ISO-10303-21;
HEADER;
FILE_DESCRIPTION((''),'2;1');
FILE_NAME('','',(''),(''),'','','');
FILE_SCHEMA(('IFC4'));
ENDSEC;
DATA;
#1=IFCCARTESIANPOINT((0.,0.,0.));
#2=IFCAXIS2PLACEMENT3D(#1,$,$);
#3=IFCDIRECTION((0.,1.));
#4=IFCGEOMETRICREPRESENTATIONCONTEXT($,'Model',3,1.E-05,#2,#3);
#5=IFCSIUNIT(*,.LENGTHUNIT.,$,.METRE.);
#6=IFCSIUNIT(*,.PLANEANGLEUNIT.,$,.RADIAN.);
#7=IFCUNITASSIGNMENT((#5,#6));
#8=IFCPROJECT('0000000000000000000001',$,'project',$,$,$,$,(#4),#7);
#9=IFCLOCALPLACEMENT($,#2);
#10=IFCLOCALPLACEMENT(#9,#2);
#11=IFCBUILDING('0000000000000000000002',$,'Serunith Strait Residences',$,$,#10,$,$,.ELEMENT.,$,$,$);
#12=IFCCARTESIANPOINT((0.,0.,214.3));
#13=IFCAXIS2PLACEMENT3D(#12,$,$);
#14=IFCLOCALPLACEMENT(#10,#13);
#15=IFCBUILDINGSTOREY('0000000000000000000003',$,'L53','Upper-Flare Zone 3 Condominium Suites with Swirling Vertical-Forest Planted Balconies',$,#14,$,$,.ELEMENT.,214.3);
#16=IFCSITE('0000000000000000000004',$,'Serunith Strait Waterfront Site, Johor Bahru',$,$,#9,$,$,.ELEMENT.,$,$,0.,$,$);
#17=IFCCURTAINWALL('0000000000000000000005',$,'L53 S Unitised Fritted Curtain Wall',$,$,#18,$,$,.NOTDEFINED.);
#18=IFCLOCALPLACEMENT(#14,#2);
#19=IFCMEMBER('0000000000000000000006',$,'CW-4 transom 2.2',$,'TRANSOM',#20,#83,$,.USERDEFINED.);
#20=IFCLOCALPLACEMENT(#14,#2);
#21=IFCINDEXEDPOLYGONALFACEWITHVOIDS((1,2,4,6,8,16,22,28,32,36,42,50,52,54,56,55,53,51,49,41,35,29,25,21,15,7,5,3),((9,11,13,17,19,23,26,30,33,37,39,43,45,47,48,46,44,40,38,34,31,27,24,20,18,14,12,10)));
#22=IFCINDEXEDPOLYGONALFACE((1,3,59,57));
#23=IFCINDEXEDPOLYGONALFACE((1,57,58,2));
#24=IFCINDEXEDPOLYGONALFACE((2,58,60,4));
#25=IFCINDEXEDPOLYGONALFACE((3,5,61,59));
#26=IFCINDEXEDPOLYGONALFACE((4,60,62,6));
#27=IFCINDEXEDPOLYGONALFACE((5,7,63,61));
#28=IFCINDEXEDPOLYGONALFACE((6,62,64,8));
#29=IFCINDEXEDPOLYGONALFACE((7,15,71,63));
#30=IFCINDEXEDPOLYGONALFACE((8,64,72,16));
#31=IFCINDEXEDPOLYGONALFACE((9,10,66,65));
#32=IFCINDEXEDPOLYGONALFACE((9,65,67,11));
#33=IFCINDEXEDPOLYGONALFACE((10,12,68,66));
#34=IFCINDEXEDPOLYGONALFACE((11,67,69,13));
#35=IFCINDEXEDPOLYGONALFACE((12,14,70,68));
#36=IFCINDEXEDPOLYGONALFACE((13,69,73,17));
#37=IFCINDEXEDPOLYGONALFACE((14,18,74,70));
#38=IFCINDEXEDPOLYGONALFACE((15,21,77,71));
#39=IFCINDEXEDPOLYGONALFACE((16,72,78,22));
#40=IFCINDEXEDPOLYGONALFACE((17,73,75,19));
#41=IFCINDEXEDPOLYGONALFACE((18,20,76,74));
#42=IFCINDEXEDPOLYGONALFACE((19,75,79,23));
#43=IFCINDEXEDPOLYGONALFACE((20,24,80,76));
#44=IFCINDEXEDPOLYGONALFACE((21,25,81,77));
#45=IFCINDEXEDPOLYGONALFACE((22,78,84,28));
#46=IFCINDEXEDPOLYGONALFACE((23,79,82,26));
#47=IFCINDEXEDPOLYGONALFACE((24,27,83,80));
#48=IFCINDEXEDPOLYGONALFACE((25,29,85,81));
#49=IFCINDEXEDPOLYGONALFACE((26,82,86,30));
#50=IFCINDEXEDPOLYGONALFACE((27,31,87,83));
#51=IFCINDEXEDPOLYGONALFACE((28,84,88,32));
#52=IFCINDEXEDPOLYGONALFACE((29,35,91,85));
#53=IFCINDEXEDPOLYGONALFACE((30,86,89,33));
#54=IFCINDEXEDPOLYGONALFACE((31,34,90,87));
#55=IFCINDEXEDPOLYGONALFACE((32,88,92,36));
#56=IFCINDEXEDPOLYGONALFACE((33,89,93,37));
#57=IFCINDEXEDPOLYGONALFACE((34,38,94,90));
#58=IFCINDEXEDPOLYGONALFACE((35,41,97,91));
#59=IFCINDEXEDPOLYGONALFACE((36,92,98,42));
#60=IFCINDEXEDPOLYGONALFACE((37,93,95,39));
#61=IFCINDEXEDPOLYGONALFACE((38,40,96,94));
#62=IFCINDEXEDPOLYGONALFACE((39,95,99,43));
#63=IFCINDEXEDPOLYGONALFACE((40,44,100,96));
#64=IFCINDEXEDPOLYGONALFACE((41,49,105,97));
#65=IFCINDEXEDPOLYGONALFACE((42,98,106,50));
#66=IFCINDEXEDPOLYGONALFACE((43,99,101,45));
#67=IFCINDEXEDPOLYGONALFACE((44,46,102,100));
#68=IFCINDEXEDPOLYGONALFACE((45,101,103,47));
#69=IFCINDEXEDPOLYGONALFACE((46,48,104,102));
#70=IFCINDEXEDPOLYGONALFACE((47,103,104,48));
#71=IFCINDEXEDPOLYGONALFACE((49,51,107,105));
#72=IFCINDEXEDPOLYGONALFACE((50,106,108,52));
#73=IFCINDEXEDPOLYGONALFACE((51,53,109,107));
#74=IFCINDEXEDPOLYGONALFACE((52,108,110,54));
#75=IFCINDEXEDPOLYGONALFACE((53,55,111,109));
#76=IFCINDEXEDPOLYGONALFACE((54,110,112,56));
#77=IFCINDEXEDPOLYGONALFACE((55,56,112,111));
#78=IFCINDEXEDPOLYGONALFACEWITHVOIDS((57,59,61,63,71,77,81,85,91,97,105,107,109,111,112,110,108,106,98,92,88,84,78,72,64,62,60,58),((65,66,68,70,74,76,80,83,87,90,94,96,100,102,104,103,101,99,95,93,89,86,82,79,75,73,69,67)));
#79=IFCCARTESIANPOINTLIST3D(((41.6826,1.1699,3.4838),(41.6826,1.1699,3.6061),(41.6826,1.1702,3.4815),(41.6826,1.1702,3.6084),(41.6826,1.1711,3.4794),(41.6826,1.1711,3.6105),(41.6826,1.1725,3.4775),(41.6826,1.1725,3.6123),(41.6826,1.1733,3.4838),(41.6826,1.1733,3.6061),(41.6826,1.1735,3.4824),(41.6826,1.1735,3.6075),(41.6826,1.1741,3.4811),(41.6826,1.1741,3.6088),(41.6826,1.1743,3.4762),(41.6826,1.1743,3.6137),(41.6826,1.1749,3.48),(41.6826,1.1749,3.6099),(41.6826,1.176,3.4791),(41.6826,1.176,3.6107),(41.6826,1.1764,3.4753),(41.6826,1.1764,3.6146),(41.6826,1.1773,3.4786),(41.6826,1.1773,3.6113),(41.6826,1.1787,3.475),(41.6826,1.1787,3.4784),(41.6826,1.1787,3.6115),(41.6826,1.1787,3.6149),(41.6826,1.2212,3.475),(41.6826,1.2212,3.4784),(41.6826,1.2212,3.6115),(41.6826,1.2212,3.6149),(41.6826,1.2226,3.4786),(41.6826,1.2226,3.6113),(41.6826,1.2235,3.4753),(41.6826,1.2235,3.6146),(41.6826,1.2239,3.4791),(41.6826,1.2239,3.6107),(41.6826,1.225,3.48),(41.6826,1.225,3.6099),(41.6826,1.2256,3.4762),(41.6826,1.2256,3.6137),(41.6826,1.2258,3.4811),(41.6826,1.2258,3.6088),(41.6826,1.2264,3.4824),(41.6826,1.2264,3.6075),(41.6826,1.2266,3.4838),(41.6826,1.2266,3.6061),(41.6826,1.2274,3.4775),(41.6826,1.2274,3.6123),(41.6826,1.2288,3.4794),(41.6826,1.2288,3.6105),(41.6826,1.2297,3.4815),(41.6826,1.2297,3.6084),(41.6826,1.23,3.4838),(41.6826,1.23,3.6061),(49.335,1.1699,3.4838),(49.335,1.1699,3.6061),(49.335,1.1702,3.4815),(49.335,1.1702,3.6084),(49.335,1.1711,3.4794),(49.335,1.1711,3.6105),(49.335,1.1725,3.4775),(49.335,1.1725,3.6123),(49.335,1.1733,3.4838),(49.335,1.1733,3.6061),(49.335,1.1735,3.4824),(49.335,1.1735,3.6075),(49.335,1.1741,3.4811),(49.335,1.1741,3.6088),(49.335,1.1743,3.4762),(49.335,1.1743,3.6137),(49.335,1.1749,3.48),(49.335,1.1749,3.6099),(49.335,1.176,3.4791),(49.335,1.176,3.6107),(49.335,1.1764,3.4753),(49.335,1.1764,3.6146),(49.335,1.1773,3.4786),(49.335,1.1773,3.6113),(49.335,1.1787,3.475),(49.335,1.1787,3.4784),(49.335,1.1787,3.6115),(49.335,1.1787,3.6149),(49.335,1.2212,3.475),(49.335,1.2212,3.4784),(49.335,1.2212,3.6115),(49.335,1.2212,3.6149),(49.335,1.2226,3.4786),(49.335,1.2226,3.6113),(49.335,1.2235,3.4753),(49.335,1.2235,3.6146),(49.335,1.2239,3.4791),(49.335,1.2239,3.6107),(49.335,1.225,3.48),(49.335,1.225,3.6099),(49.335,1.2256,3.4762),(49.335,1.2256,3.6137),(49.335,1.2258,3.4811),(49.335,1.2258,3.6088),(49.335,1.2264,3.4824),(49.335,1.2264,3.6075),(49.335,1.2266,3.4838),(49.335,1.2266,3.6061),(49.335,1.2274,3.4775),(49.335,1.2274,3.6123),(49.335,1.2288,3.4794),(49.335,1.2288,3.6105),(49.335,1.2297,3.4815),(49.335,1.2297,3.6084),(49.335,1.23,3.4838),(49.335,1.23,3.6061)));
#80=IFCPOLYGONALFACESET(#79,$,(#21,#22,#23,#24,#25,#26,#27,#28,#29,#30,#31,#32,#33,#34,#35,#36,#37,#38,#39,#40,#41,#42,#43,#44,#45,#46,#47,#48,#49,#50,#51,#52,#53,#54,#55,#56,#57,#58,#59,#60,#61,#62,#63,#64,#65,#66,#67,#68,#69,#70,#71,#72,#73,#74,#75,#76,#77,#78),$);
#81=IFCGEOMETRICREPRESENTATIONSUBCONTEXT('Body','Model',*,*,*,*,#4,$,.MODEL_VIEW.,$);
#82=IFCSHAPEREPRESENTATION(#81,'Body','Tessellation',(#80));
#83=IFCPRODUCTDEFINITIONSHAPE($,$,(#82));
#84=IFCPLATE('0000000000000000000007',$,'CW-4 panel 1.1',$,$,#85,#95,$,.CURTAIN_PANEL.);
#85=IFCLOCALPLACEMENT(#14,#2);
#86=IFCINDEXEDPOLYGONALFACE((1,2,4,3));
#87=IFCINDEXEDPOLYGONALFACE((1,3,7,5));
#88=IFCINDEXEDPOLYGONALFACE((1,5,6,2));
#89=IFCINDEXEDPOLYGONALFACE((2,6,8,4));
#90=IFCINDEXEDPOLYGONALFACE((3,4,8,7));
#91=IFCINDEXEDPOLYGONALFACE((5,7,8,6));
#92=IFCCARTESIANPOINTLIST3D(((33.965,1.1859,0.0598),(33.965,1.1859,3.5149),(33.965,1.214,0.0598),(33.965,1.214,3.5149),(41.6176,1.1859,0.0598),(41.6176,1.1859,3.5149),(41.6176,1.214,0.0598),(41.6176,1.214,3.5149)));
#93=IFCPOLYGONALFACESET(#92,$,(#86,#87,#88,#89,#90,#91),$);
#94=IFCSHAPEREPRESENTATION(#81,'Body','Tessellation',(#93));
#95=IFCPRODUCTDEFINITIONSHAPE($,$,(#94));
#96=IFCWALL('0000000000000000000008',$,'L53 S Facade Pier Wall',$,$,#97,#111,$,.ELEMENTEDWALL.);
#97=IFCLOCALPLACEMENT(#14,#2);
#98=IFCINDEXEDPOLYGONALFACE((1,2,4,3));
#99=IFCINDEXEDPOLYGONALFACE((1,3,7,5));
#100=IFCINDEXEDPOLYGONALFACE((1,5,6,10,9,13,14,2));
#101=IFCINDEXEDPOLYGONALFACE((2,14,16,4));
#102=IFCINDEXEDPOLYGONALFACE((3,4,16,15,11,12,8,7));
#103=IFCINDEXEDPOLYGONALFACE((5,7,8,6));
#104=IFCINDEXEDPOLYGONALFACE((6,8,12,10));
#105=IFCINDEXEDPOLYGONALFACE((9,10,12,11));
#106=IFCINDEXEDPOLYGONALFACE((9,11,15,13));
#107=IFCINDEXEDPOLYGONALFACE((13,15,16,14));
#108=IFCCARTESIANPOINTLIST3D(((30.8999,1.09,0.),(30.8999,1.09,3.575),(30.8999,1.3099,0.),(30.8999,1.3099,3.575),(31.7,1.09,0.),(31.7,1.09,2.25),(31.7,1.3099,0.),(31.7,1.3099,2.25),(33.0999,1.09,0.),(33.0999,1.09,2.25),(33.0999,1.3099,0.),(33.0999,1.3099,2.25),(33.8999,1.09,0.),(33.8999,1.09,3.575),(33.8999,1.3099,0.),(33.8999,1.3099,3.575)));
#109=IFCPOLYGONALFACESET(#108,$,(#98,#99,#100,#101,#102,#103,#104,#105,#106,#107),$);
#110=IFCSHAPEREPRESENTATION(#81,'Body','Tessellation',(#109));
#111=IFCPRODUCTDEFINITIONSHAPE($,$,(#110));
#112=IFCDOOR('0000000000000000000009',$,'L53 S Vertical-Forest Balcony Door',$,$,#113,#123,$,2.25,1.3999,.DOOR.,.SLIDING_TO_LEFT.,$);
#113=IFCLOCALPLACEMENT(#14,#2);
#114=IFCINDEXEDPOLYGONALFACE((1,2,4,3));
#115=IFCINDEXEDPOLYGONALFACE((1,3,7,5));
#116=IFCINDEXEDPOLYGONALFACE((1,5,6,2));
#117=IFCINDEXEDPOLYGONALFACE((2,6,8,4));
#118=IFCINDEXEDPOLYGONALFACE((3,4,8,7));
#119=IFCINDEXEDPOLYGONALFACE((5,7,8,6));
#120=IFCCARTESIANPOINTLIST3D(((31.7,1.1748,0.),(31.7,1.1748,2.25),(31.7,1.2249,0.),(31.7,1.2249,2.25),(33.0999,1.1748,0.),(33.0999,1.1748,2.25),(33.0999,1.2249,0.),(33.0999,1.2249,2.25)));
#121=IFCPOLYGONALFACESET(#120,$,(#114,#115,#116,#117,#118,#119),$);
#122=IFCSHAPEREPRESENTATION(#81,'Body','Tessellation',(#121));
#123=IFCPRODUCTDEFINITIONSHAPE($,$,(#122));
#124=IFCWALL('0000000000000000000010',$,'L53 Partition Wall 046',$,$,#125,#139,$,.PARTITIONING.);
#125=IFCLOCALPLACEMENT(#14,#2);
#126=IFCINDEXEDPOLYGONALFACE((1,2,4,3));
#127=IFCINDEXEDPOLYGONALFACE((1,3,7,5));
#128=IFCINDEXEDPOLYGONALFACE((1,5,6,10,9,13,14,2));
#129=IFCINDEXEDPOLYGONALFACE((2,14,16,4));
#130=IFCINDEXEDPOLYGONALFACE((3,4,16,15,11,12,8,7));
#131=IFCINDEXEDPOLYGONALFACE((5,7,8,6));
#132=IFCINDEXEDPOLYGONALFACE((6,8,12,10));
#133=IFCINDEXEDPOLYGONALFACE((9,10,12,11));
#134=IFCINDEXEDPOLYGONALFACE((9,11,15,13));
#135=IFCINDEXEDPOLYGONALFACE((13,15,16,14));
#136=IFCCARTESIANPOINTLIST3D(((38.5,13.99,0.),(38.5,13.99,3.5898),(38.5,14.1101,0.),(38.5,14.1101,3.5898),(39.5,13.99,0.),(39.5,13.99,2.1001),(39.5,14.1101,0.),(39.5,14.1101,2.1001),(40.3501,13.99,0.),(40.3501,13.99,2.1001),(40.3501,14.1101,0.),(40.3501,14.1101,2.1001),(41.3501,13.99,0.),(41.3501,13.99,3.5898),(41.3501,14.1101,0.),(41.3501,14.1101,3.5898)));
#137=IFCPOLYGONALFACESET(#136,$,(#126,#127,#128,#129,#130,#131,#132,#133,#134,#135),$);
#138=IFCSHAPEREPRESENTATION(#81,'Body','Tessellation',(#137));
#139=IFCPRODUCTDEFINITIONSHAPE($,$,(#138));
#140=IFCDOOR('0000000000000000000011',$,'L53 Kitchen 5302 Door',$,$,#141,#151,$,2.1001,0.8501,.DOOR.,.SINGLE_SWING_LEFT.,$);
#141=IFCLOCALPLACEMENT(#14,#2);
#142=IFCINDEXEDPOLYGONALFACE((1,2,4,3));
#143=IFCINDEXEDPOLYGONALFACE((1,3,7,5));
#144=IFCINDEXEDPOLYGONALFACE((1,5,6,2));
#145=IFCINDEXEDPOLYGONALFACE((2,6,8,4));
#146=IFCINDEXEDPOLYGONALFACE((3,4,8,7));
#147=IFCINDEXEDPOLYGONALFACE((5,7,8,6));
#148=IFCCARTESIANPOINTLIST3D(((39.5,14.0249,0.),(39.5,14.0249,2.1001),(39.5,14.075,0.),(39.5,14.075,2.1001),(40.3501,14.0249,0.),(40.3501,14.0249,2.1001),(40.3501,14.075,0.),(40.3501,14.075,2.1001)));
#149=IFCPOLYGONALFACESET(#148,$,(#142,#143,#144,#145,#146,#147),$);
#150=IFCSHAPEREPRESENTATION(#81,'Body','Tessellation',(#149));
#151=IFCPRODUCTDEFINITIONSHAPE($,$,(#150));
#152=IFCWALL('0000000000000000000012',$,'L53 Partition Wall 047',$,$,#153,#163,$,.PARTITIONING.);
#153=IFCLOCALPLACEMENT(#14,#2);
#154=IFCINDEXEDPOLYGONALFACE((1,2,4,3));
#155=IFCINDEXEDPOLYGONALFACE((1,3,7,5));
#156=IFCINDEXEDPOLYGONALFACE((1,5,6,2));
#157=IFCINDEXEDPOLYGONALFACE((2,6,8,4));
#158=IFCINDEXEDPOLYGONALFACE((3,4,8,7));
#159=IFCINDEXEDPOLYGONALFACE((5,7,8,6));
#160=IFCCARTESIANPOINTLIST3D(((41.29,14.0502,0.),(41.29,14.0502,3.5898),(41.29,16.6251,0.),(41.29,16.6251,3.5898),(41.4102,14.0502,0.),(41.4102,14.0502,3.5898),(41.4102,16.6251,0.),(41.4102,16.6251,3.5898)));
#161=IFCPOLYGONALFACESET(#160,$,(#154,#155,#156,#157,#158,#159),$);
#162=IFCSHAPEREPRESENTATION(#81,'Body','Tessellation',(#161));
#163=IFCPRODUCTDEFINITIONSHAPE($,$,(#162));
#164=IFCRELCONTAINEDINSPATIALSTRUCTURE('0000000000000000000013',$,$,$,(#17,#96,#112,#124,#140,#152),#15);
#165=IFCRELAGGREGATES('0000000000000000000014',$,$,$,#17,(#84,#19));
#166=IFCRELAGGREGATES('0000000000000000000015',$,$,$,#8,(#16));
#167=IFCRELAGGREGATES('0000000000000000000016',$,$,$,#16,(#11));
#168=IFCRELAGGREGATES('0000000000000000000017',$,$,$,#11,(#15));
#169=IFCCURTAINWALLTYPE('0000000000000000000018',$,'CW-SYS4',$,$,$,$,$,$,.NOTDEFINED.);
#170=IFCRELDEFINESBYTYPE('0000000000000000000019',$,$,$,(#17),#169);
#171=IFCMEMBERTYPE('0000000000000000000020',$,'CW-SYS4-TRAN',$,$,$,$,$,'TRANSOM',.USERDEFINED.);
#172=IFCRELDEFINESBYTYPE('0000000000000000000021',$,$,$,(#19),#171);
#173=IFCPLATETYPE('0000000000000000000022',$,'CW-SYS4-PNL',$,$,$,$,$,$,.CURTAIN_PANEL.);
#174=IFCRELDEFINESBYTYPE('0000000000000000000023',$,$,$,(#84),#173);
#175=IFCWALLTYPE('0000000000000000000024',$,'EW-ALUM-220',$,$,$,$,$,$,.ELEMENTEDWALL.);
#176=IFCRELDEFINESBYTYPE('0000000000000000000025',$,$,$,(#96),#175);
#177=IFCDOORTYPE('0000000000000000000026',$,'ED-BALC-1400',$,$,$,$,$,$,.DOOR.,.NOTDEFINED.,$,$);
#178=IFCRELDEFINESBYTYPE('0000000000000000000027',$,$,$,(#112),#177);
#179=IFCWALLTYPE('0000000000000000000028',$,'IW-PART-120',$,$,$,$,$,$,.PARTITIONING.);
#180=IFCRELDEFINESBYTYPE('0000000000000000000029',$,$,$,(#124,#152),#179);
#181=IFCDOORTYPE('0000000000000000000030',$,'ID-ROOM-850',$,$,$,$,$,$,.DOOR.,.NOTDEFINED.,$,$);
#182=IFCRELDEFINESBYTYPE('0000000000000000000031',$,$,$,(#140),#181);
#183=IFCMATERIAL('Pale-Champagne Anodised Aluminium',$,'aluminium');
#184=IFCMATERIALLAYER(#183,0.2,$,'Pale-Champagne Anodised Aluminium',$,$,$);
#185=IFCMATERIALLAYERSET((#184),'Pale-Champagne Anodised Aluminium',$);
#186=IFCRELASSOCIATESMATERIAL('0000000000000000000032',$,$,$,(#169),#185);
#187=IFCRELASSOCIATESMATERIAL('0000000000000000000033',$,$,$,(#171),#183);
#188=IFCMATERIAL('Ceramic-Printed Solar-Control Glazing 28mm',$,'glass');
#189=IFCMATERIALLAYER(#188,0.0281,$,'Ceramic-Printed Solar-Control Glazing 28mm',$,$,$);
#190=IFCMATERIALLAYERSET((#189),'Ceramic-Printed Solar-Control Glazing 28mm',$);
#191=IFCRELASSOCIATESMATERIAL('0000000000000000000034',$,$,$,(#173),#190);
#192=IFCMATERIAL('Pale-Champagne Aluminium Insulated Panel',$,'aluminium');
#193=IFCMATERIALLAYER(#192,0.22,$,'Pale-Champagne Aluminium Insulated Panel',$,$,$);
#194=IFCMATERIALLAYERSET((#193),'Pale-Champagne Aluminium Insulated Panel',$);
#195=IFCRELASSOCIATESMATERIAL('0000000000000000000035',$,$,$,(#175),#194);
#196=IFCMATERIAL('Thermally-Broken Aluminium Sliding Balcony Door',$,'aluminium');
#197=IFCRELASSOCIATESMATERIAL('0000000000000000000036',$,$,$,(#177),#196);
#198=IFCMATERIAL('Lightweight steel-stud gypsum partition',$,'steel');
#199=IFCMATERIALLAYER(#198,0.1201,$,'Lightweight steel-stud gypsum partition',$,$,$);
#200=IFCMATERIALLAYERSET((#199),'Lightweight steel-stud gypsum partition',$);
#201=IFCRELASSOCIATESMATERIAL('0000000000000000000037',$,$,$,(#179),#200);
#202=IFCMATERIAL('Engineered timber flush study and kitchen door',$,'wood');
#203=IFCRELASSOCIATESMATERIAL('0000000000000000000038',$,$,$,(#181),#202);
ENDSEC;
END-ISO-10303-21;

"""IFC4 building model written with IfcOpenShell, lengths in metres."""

from ifc_helpers import new_model, si_unit, direction, frame, frame_2d, origin, origin_2d, place, context, subcontext, project, spatial, rectangle, hollow_rectangle, extrude, source, transform, mapped, material, layer, layer_set, material_profile, profile_set, type_object, element, fill, aggregate, save


model = new_model("IFC4")

# Units and contexts
model_context = context("Model", 3, precision=1e-05, world=origin(), true_north=direction((0.0, 1.0)))
body_context = subcontext(model_context, "Body", "Model", "MODEL_VIEW")
ifc_project = project(units=[si_unit("LENGTHUNIT", "METRE"), si_unit("PLANEANGLEUNIT", "RADIAN")], contexts=[model_context])

# Site, building, storey
site_placement = place(None, origin())
site = spatial("IfcSite", under=ifc_project, at=site_placement, Name="Serunith Strait Waterfront Site, Johor Bahru", CompositionType="ELEMENT", RefElevation=0.0)
building_placement = place(site_placement, origin())
building = spatial("IfcBuilding", under=site, at=building_placement, Name="Serunith Strait Residences", CompositionType="ELEMENT")
storey_placement = place(building_placement, frame((0.0, 0.0, 214.3)))
storey = spatial("IfcBuildingStorey", under=building, at=storey_placement, Name="L53", Description="Upper-Flare Zone 3 Condominium Suites with Swirling Vertical-Forest Planted Balconies", CompositionType="ELEMENT", Elevation=214.3)

# Shared definitions
ifc_material_1 = material(Name="Pale-Champagne Anodised Aluminium", Category="aluminium")
ifc_layer_1 = layer(ifc_material_1, 0.2, Name="Pale-Champagne Anodised Aluminium")
ifc_layer_set_1 = layer_set([ifc_layer_1], Name="Pale-Champagne Anodised Aluminium")
curtain_wall_type = type_object("IfcCurtainWallType", Name="CW-SYS4", PredefinedType="NOTDEFINED", material=ifc_layer_set_1)

# Curtain wall, member, plate
curtain_wall_1_placement = place(storey_placement, origin())
curtain_wall_1 = element("IfcCurtainWall", 1, at=curtain_wall_1_placement, inside=storey, type_object=curtain_wall_type, Name="L53 S Unitised Fritted Curtain Wall", PredefinedType="NOTDEFINED")
ifc_material_profile_1 = material_profile(ifc_material_1, hollow_rectangle(XDim=0.0601, YDim=0.1399, WallThickness=0.0034, InnerFilletRadius=0.0054, OuterFilletRadius=0.0088, at=origin_2d()), Name="ALU 140x60x3.5")
ifc_profile_set_1 = profile_set([ifc_material_profile_1], Name="Pale-Champagne Anodised Aluminium")
member_type_1 = type_object("IfcMemberType", Name="CW-SYS4-TRAN", ElementType="TRANSOM", PredefinedType="USERDEFINED", material=ifc_profile_set_1)
shared_shape_1 = source(origin(), body_context, "Body", "SweptSolid", [
    extrude(hollow_rectangle(XDim=0.0601, YDim=0.1399, WallThickness=0.0034, InnerFilletRadius=0.0054, OuterFilletRadius=0.0088, at=origin_2d()), origin(), (0.0, 0.0, 1.0), 7.6523),
])
member_1_placement = place(storey_placement, frame((41.6826, 1.2, 3.5449), z_axis=(1.0, 0.0, 0.0), x_axis=(0.0, 1.0, 0.0)))
member_1 = element("IfcMember", 2, at=member_1_placement, type_object=member_type_1, Name="CW-4 transom 2.2", ObjectType="TRANSOM", PredefinedType="USERDEFINED", context=body_context, shape_type="MappedRepresentation", body=[
    mapped(shared_shape_1, transform((0.0, 0.0, 0.0), scale=1.0)),
])
ifc_material_2 = material(Name="Ceramic-Printed Solar-Control Glazing 28mm", Category="glass")
ifc_layer_2 = layer(ifc_material_2, 0.0281, Name="Ceramic-Printed Solar-Control Glazing 28mm")
ifc_layer_set_2 = layer_set([ifc_layer_2], Name="Ceramic-Printed Solar-Control Glazing 28mm")
plate_type = type_object("IfcPlateType", Name="CW-SYS4-PNL", PredefinedType="CURTAIN_PANEL", material=ifc_layer_set_2)
shared_shape_2 = source(origin(), body_context, "Body", "SweptSolid", [
    extrude(rectangle(XDim=7.6526, YDim=0.0281, at=origin_2d()), origin(), (0.0, 0.0, 1.0), 3.4551),
])
plate_placement = place(storey_placement, frame((37.7913, 1.2, 0.0598), z_axis=(0.0, 0.0, 1.0), x_axis=(1.0, 0.0, 0.0)))
plate = element("IfcPlate", 3, at=plate_placement, type_object=plate_type, Name="CW-4 panel 1.1", PredefinedType="CURTAIN_PANEL", context=body_context, shape_type="MappedRepresentation", body=[
    mapped(shared_shape_2, transform((0.0, 0.0, 0.0), scale=1.0)),
])
aggregate(curtain_wall_1, [plate, member_1])

# Walls, openings, doors
ifc_material_3 = material(Name="Pale-Champagne Aluminium Insulated Panel", Category="aluminium")
ifc_layer_3 = layer(ifc_material_3, 0.22, Name="Pale-Champagne Aluminium Insulated Panel")
ifc_layer_set_3 = layer_set([ifc_layer_3], Name="Pale-Champagne Aluminium Insulated Panel")
wall_type_1 = type_object("IfcWallType", Name="EW-ALUM-220", PredefinedType="ELEMENTEDWALL", material=ifc_layer_set_3)
wall_1_placement = place(storey_placement, frame((30.8999, 1.2, 0.0), z_axis=(0.0, 0.0, 1.0), x_axis=(1.0, 0.0, 0.0)))
wall_1 = element("IfcWall", 4, at=wall_1_placement, inside=storey, type_object=wall_type_1, Name="L53 S Facade Pier Wall", PredefinedType="ELEMENTEDWALL", context=body_context, shape_type="SweptSolid", body=[
    extrude(rectangle(XDim=3.0, YDim=0.22, at=frame_2d((1.5, 0.0))), origin(), (0.0, 0.0, 1.0), 3.575),
])
opening_1_placement = place(wall_1_placement, frame((0.8, 0.0, 0.0)))
opening_1 = element("IfcOpeningElement", 5, at=opening_1_placement, cuts=wall_1, PredefinedType="OPENING", context=body_context, shape_type="SweptSolid", body=[
    extrude(rectangle(XDim=1.3999, YDim=2.25, at=frame_2d((0.7, 1.125))), frame((0.0, 0.1201, 0.0), z_axis=(0.0, -1.0, 0.0), x_axis=(1.0, 0.0, 0.0)), (0.0, 0.0, 1.0), 0.24),
])
ifc_material_4 = material(Name="Thermally-Broken Aluminium Sliding Balcony Door", Category="aluminium")
door_type_1 = type_object("IfcDoorType", Name="ED-BALC-1400", OperationType="NOTDEFINED", PredefinedType="DOOR", material=ifc_material_4)
shared_shape_3 = source(origin(), body_context, "Body", "SweptSolid", [
    extrude(rectangle(XDim=1.3999, YDim=2.25, at=frame_2d((0.7, 1.125))), frame((0.0, 0.0249, 0.0), z_axis=(0.0, -1.0, 0.0), x_axis=(1.0, 0.0, 0.0)), (0.0, 0.0, 1.0), 0.05),
])
door_1_placement = place(opening_1_placement, origin())
door_1 = element("IfcDoor", 6, at=door_1_placement, inside=storey, type_object=door_type_1, Name="L53 S Vertical-Forest Balcony Door", OperationType="SLIDING_TO_LEFT", OverallHeight=2.25, OverallWidth=1.3999, PredefinedType="DOOR", context=body_context, shape_type="MappedRepresentation", body=[
    mapped(shared_shape_3, transform((0.0, 0.0, 0.0), scale=1.0)),
])
fill(opening_1, door_1)
ifc_material_5 = material(Name="Lightweight steel-stud gypsum partition", Category="steel")
ifc_layer_4 = layer(ifc_material_5, 0.1201, Name="Lightweight steel-stud gypsum partition")
ifc_layer_set_4 = layer_set([ifc_layer_4], Name="Lightweight steel-stud gypsum partition")
wall_type_2 = type_object("IfcWallType", Name="IW-PART-120", PredefinedType="PARTITIONING", material=ifc_layer_set_4)
wall_2_placement = place(storey_placement, frame((38.5, 14.05, 0.0), z_axis=(0.0, 0.0, 1.0), x_axis=(1.0, 0.0, 0.0)))
wall_2 = element("IfcWall", 7, at=wall_2_placement, inside=storey, type_object=wall_type_2, Name="L53 Partition Wall 046", PredefinedType="PARTITIONING", context=body_context, shape_type="SweptSolid", body=[
    extrude(rectangle(XDim=2.8501, YDim=0.1201, at=frame_2d((1.425, 0.0))), origin(), (0.0, 0.0, 1.0), 3.5898),
])
opening_2_placement = place(wall_2_placement, frame((1.0, 0.0, 0.0)))
opening_2 = element("IfcOpeningElement", 8, at=opening_2_placement, cuts=wall_2, PredefinedType="OPENING", context=body_context, shape_type="SweptSolid", body=[
    extrude(rectangle(XDim=0.8501, YDim=2.1001, at=frame_2d((0.425, 1.05))), frame((0.0, 0.0701, 0.0), z_axis=(0.0, -1.0, 0.0), x_axis=(1.0, 0.0, 0.0)), (0.0, 0.0, 1.0), 0.1401),
])
ifc_material_6 = material(Name="Engineered timber flush study and kitchen door", Category="wood")
door_type_2 = type_object("IfcDoorType", Name="ID-ROOM-850", OperationType="NOTDEFINED", PredefinedType="DOOR", material=ifc_material_6)
shared_shape_4 = source(origin(), body_context, "Body", "SweptSolid", [
    extrude(rectangle(XDim=0.8501, YDim=2.1001, at=frame_2d((0.425, 1.05))), frame((0.0, 0.0249, 0.0), z_axis=(0.0, -1.0, 0.0), x_axis=(1.0, 0.0, 0.0)), (0.0, 0.0, 1.0), 0.05),
])
door_2_placement = place(opening_2_placement, origin())
door_2 = element("IfcDoor", 9, at=door_2_placement, inside=storey, type_object=door_type_2, Name="L53 Kitchen 5302 Door", OperationType="SINGLE_SWING_LEFT", OverallHeight=2.1001, OverallWidth=0.8501, PredefinedType="DOOR", context=body_context, shape_type="MappedRepresentation", body=[
    mapped(shared_shape_4, transform((0.0, 0.0, 0.0), scale=1.0)),
])
fill(opening_2, door_2)

# Wall
wall_3_placement = place(storey_placement, frame((41.3501, 14.05, 0.0), z_axis=(0.0, 0.0, 1.0), x_axis=(0.0, 1.0, 0.0)))
element("IfcWall", 10, at=wall_3_placement, inside=storey, type_object=wall_type_2, Name="L53 Partition Wall 047", PredefinedType="PARTITIONING", context=body_context, shape_type="SweptSolid", body=[
    extrude(rectangle(XDim=2.575, YDim=0.1201, at=frame_2d((1.2876, 0.0))), origin(), (0.0, 0.0, 1.0), 3.5898),
])

save(model, "model.ifc")
